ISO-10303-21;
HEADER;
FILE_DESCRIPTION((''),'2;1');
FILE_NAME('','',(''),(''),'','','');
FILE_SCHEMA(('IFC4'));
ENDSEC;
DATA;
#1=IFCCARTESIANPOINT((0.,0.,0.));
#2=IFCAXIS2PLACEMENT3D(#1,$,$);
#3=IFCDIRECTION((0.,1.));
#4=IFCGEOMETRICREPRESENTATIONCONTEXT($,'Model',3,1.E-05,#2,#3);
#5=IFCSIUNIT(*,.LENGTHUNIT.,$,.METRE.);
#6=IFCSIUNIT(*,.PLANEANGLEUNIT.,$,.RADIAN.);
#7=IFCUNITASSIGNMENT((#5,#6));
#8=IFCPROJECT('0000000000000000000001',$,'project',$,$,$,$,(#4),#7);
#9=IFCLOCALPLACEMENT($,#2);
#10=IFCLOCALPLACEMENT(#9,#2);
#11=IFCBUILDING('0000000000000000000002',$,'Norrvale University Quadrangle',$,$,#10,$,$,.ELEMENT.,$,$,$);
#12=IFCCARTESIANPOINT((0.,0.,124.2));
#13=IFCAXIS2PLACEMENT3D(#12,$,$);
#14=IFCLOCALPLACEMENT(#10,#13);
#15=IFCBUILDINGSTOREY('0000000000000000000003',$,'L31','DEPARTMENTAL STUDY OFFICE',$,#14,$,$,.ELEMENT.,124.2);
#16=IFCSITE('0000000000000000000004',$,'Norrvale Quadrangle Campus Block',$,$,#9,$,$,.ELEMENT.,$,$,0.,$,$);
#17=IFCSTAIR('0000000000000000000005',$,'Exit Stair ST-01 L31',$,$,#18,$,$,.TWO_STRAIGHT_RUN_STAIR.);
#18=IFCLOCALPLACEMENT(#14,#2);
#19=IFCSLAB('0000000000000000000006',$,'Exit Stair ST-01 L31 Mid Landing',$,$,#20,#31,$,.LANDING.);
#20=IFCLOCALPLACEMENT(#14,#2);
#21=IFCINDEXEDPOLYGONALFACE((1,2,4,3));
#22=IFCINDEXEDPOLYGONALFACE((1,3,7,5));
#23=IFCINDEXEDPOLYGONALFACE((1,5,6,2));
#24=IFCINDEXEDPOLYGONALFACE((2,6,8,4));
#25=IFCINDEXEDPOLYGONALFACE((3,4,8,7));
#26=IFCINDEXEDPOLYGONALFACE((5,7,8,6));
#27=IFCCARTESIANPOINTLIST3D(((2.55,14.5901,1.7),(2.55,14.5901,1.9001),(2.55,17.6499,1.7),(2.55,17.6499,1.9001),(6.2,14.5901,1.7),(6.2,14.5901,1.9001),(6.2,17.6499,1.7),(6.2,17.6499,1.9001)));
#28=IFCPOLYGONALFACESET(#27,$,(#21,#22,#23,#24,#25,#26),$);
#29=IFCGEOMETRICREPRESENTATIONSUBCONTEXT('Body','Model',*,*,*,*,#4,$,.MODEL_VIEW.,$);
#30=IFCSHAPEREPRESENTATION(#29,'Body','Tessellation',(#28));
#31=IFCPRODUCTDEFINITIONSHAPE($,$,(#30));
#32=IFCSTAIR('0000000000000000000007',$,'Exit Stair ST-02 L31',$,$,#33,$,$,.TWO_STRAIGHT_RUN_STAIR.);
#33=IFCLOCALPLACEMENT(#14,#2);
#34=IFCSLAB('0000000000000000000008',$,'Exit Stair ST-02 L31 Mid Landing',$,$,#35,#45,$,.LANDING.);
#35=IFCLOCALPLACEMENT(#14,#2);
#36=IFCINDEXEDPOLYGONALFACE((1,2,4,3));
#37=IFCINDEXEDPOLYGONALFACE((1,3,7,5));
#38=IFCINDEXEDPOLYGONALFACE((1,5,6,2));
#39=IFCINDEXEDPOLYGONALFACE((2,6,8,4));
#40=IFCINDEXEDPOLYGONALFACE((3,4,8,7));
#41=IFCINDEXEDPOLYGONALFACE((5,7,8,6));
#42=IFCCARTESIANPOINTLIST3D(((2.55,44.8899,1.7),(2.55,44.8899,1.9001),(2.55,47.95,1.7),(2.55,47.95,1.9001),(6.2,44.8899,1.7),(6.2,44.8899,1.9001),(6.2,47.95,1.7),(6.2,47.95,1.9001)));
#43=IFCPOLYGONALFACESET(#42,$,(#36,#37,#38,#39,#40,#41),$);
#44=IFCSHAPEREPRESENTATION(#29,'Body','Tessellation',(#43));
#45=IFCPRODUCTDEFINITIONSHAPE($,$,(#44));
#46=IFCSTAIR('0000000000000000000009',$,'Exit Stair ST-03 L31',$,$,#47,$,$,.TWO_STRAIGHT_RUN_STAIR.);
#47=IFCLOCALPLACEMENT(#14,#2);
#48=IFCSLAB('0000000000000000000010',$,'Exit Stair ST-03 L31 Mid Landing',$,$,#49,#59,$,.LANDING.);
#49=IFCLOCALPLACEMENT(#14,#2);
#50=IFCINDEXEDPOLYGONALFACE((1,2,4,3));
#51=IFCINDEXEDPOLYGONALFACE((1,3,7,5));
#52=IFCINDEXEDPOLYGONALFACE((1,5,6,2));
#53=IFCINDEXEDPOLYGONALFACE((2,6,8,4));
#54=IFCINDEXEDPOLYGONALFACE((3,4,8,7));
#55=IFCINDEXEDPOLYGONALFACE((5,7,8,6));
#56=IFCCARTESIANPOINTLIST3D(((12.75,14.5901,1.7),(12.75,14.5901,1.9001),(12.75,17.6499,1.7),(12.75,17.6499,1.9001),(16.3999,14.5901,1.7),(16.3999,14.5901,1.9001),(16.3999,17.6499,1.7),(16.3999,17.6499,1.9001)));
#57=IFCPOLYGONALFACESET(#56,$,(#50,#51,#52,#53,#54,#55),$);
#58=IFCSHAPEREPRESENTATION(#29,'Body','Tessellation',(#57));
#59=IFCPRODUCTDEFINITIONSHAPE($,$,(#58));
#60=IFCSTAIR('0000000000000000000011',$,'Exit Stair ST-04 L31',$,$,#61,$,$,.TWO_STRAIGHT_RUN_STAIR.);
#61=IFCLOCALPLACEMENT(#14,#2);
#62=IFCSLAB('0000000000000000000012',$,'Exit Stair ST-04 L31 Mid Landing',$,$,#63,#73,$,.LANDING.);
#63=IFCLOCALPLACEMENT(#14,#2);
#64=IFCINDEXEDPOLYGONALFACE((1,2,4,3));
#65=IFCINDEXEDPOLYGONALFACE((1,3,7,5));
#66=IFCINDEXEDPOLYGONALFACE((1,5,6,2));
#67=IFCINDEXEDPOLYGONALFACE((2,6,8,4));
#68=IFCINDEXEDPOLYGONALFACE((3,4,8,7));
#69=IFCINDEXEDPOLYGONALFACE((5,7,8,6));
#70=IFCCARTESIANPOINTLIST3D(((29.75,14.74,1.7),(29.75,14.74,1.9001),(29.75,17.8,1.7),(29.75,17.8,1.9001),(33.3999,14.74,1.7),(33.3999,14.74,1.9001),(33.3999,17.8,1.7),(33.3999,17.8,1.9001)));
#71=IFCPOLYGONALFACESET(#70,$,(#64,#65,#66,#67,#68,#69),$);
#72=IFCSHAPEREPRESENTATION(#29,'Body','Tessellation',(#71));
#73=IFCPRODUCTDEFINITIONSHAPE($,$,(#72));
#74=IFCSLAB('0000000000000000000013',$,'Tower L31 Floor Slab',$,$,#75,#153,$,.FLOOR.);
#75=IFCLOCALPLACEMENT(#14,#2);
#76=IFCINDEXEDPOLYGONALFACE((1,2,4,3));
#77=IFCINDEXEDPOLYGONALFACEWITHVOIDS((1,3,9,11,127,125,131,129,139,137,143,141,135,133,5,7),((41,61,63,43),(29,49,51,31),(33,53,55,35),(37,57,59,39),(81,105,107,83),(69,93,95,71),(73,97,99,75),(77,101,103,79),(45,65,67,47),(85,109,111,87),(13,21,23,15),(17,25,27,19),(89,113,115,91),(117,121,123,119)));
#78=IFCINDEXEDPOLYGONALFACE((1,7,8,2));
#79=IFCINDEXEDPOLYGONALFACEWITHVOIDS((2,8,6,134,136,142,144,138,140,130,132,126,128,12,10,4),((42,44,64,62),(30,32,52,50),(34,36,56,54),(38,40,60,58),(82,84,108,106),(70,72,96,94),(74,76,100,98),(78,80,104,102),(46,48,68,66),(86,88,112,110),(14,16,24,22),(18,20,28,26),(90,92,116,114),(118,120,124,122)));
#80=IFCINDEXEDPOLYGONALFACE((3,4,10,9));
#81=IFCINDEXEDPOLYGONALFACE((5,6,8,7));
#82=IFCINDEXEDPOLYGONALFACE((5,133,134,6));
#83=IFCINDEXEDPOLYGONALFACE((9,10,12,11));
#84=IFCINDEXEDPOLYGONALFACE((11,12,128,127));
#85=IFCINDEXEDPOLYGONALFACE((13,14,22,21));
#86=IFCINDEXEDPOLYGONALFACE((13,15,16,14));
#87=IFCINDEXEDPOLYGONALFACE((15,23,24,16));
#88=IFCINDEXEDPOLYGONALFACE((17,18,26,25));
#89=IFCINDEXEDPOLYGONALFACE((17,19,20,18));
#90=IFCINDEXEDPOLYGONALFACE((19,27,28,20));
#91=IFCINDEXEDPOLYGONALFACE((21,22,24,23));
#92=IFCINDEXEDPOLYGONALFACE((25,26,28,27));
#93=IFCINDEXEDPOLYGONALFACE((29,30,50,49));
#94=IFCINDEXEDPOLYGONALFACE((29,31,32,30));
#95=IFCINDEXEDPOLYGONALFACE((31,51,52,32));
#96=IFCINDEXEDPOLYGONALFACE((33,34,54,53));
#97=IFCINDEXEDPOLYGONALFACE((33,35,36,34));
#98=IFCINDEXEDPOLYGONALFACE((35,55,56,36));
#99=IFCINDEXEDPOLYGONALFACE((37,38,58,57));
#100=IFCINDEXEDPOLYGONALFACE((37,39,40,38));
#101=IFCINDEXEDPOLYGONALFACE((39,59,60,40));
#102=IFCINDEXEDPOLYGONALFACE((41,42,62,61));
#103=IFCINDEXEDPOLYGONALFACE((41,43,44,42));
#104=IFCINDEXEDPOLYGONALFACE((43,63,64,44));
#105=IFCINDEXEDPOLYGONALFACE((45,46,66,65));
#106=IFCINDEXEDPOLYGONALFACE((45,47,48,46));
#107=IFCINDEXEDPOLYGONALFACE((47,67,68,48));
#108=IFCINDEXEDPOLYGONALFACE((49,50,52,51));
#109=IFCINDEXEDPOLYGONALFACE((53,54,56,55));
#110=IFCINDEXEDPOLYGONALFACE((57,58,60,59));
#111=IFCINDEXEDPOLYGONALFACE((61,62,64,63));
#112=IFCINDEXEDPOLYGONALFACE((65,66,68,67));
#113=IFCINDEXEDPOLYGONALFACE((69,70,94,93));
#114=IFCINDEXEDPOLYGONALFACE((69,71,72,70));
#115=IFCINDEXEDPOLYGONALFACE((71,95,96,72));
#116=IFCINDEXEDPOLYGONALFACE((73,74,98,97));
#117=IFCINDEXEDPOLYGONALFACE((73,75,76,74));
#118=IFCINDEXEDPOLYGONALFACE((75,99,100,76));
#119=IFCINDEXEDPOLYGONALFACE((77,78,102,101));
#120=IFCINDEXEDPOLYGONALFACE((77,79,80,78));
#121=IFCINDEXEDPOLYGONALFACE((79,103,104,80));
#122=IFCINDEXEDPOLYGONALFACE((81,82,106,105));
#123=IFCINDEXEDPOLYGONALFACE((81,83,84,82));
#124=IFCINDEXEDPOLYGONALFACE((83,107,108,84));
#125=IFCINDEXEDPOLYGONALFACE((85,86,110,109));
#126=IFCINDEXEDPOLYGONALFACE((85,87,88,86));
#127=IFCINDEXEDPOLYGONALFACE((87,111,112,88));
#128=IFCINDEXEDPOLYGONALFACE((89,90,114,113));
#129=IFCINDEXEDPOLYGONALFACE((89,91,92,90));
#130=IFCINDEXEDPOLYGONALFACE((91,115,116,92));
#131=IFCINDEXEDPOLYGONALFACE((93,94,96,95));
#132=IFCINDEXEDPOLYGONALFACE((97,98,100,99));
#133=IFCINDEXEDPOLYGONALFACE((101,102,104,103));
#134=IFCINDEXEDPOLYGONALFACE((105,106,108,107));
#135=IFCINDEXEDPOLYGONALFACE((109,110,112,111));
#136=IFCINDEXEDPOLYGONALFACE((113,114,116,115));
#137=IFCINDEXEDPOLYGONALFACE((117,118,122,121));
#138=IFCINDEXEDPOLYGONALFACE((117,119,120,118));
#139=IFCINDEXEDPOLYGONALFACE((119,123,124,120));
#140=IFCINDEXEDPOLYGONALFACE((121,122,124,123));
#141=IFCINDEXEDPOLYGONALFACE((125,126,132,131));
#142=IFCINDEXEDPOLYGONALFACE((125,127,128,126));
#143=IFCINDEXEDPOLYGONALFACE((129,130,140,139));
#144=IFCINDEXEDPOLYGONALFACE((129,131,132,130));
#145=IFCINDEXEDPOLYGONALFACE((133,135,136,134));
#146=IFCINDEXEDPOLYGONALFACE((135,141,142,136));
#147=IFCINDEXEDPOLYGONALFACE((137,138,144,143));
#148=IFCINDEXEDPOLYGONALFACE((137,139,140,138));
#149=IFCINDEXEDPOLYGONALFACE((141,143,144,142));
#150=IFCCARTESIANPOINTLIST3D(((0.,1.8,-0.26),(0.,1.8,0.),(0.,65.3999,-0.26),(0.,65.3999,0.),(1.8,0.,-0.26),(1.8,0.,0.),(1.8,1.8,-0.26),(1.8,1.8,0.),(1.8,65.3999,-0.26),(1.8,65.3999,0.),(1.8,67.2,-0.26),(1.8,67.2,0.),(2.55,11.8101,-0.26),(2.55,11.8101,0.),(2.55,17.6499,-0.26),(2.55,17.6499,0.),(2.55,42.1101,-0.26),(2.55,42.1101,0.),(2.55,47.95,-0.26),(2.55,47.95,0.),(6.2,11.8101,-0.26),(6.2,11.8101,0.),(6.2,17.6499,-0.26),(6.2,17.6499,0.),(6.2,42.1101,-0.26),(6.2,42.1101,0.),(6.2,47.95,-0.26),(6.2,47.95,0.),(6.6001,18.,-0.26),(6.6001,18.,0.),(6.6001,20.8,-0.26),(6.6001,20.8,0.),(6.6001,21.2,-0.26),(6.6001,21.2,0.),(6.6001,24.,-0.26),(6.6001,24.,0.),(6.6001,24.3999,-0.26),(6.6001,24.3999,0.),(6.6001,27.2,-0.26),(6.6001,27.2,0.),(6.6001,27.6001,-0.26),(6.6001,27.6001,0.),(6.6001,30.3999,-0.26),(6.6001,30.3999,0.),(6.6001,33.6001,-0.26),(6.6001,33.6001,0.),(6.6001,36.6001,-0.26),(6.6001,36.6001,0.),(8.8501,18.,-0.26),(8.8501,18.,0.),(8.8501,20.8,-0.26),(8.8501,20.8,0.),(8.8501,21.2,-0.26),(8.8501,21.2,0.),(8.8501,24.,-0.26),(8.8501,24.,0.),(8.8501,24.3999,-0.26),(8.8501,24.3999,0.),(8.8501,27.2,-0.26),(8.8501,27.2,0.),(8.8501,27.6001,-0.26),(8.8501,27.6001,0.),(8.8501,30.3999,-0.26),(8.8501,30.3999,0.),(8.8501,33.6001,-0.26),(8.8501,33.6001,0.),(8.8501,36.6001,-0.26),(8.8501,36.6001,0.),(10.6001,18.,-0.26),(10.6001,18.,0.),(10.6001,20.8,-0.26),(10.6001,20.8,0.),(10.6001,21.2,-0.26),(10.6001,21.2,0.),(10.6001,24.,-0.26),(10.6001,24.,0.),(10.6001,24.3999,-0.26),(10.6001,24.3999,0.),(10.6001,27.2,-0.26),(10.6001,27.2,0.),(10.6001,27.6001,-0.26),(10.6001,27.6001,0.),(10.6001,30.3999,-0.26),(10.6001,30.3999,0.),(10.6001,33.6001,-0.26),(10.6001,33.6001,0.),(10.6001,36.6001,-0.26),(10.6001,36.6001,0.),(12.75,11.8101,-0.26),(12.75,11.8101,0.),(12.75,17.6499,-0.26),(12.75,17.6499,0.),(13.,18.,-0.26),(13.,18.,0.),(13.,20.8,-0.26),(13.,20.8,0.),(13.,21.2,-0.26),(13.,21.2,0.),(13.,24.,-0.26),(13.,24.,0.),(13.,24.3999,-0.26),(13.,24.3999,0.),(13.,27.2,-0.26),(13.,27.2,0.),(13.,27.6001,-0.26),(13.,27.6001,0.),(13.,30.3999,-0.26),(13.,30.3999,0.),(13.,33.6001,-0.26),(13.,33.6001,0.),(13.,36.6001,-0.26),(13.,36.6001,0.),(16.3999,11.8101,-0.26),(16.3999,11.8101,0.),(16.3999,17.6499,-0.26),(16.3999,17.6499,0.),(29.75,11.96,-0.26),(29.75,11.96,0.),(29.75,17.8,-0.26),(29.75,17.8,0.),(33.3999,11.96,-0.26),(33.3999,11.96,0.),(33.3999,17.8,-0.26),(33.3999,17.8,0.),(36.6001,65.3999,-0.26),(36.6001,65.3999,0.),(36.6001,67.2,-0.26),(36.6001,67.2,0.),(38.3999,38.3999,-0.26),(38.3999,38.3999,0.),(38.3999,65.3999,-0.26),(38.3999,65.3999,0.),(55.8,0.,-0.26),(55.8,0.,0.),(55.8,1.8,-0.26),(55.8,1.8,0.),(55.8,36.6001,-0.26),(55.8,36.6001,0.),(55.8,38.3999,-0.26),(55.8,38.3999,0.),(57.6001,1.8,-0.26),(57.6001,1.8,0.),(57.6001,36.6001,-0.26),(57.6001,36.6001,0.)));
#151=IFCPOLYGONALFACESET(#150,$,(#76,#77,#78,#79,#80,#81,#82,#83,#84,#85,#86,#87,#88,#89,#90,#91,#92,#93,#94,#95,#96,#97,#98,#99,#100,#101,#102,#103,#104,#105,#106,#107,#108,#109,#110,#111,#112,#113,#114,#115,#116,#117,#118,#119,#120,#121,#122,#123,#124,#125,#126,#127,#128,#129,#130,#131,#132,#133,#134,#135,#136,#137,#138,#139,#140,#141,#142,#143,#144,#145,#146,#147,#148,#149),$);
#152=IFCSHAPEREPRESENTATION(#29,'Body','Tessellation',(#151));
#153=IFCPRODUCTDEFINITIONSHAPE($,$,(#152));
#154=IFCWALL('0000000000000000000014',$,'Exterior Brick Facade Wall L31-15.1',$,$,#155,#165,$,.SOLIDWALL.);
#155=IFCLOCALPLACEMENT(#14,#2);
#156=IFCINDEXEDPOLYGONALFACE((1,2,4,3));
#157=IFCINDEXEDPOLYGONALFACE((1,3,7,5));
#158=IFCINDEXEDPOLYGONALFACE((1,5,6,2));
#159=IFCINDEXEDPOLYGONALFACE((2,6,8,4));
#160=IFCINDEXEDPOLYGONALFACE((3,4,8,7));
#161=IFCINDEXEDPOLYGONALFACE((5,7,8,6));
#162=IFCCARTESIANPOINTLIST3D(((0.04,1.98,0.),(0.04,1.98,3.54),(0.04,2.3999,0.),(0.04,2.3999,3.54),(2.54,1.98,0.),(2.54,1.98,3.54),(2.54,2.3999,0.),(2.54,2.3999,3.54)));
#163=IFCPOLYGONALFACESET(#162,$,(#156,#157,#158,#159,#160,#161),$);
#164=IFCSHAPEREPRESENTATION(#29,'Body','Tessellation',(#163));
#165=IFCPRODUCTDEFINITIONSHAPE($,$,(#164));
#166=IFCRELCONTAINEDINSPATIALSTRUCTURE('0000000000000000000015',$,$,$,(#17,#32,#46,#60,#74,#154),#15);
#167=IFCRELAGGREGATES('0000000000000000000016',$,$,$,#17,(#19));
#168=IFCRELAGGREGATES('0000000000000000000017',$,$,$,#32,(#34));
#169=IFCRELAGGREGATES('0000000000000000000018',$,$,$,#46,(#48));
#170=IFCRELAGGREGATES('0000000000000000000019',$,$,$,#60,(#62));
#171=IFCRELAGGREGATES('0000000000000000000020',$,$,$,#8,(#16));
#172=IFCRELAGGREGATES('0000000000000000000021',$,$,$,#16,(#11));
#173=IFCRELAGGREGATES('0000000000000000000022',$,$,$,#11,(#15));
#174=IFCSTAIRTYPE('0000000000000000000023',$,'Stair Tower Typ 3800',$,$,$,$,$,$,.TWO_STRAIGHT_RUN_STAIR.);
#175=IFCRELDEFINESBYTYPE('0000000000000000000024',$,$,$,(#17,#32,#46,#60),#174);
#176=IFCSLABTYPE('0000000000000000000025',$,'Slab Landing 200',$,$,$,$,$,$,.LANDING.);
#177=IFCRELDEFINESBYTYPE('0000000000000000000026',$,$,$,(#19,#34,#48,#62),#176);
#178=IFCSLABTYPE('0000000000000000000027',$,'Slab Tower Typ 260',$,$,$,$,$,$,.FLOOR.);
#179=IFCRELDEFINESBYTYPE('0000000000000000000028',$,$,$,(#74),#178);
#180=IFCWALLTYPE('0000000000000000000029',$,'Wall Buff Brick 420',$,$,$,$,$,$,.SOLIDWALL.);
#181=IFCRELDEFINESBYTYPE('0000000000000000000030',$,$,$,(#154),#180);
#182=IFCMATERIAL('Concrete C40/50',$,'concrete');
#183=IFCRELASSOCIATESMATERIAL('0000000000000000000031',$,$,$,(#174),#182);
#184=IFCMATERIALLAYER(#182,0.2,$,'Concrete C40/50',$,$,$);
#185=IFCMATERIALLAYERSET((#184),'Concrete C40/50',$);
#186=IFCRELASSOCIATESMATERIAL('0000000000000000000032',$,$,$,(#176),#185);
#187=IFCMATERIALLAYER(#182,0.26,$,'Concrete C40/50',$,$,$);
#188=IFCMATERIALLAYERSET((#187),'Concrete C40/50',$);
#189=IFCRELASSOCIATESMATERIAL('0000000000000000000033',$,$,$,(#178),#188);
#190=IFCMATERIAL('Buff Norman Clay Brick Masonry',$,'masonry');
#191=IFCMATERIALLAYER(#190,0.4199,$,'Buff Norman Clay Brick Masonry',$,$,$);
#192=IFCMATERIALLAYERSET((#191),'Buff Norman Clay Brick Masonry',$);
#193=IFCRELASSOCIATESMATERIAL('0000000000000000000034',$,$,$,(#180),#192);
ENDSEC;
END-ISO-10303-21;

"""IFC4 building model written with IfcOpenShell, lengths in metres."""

from ifc_helpers import new_model, si_unit, direction, frame, frame_2d, origin, place, context, subcontext, project, spatial, polyline, rectangle, outline, extrude, material, layer, layer_set, type_object, element, aggregate, save


model = new_model("IFC4")

# Units and contexts
model_context = context("Model", 3, precision=1e-05, world=origin(), true_north=direction((0.0, 1.0)))
body_context = subcontext(model_context, "Body", "Model", "MODEL_VIEW")
ifc_project = project(units=[si_unit("LENGTHUNIT", "METRE"), si_unit("PLANEANGLEUNIT", "RADIAN")], contexts=[model_context])

# Site, building, storey
site_placement = place(None, origin())
site = spatial("IfcSite", under=ifc_project, at=site_placement, Name="Norrvale Quadrangle Campus Block", CompositionType="ELEMENT", RefElevation=0.0)
building_placement = place(site_placement, origin())
building = spatial("IfcBuilding", under=site, at=building_placement, Name="Norrvale University Quadrangle", CompositionType="ELEMENT")
storey_placement = place(building_placement, frame((0.0, 0.0, 124.2)))
storey = spatial("IfcBuildingStorey", under=building, at=storey_placement, Name="L31", Description="DEPARTMENTAL STUDY OFFICE", CompositionType="ELEMENT", Elevation=124.2)

# Stairs, slabs
ifc_material_1 = material(Name="Concrete C40/50", Category="concrete")
stair_type = type_object("IfcStairType", Name="Stair Tower Typ 3800", PredefinedType="TWO_STRAIGHT_RUN_STAIR", material=ifc_material_1)
stair_1_placement = place(storey_placement, origin())
stair_1 = element("IfcStair", 1, at=stair_1_placement, inside=storey, type_object=stair_type, Name="Exit Stair ST-01 L31", PredefinedType="TWO_STRAIGHT_RUN_STAIR")
ifc_layer_1 = layer(ifc_material_1, 0.2, Name="Concrete C40/50")
ifc_layer_set_1 = layer_set([ifc_layer_1], Name="Concrete C40/50")
slab_type_1 = type_object("IfcSlabType", Name="Slab Landing 200", PredefinedType="LANDING", material=ifc_layer_set_1)
slab_1_placement = place(storey_placement, frame((0.0, 0.0, 1.7)))
slab_1 = element("IfcSlab", 2, at=slab_1_placement, type_object=slab_type_1, Name="Exit Stair ST-01 L31 Mid Landing", PredefinedType="LANDING", context=body_context, shape_type="SweptSolid", body=[
    extrude(outline(polyline([(2.55, 14.5901), (6.2, 14.5901), (6.2, 17.6499), (2.55, 17.6499), (2.55, 14.5901)])), origin(), (0.0, 0.0, 1.0), 0.2002),
])
aggregate(stair_1, [slab_1])
stair_2_placement = place(storey_placement, origin())
stair_2 = element("IfcStair", 3, at=stair_2_placement, inside=storey, type_object=stair_type, Name="Exit Stair ST-02 L31", PredefinedType="TWO_STRAIGHT_RUN_STAIR")
slab_2_placement = place(storey_placement, frame((0.0, 0.0, 1.7)))
slab_2 = element("IfcSlab", 4, at=slab_2_placement, type_object=slab_type_1, Name="Exit Stair ST-02 L31 Mid Landing", PredefinedType="LANDING", context=body_context, shape_type="SweptSolid", body=[
    extrude(outline(polyline([(2.55, 44.8899), (6.2, 44.8899), (6.2, 47.95), (2.55, 47.95), (2.55, 44.8899)])), origin(), (0.0, 0.0, 1.0), 0.2002),
])
aggregate(stair_2, [slab_2])
stair_3_placement = place(storey_placement, origin())
stair_3 = element("IfcStair", 5, at=stair_3_placement, inside=storey, type_object=stair_type, Name="Exit Stair ST-03 L31", PredefinedType="TWO_STRAIGHT_RUN_STAIR")
slab_3_placement = place(storey_placement, frame((0.0, 0.0, 1.7)))
slab_3 = element("IfcSlab", 6, at=slab_3_placement, type_object=slab_type_1, Name="Exit Stair ST-03 L31 Mid Landing", PredefinedType="LANDING", context=body_context, shape_type="SweptSolid", body=[
    extrude(outline(polyline([(12.75, 14.5901), (16.3999, 14.5901), (16.3999, 17.6499), (12.75, 17.6499), (12.75, 14.5901)])), origin(), (0.0, 0.0, 1.0), 0.2002),
])
aggregate(stair_3, [slab_3])
stair_4_placement = place(storey_placement, origin())
stair_4 = element("IfcStair", 7, at=stair_4_placement, inside=storey, type_object=stair_type, Name="Exit Stair ST-04 L31", PredefinedType="TWO_STRAIGHT_RUN_STAIR")
slab_4_placement = place(storey_placement, frame((0.0, 0.0, 1.7)))
slab_4 = element("IfcSlab", 8, at=slab_4_placement, type_object=slab_type_1, Name="Exit Stair ST-04 L31 Mid Landing", PredefinedType="LANDING", context=body_context, shape_type="SweptSolid", body=[
    extrude(outline(polyline([(29.75, 14.74), (33.3999, 14.74), (33.3999, 17.8), (29.75, 17.8), (29.75, 14.74)])), origin(), (0.0, 0.0, 1.0), 0.2002),
])
aggregate(stair_4, [slab_4])

# Slab
ifc_layer_2 = layer(ifc_material_1, 0.26, Name="Concrete C40/50")
ifc_layer_set_2 = layer_set([ifc_layer_2], Name="Concrete C40/50")
slab_type_2 = type_object("IfcSlabType", Name="Slab Tower Typ 260", PredefinedType="FLOOR", material=ifc_layer_set_2)
slab_5_placement = place(storey_placement, frame((0.0, 0.0, -0.26)))
element("IfcSlab", 9, at=slab_5_placement, inside=storey, type_object=slab_type_2, Name="Tower L31 Floor Slab", PredefinedType="FLOOR", context=body_context, shape_type="SweptSolid", body=[
    extrude(outline(polyline([(1.8, 0.0), (55.8, 0.0), (55.8, 1.8), (57.6001, 1.8), (57.6001, 36.6001), (55.8, 36.6001), (55.8, 38.3999), (38.3999, 38.3999), (38.3999, 65.3999), (36.6001, 65.3999), (36.6001, 67.2), (1.8, 67.2), (1.8, 65.3999), (0.0, 65.3999), (0.0, 1.8), (1.8, 1.8), (1.8, 0.0)]), holes=[polyline([(2.55, 11.8101), (6.2, 11.8101), (6.2, 17.6499), (2.55, 17.6499), (2.55, 11.8101)]), polyline([(2.55, 42.1101), (6.2, 42.1101), (6.2, 47.95), (2.55, 47.95), (2.55, 42.1101)]), polyline([(12.75, 11.8101), (16.3999, 11.8101), (16.3999, 17.6499), (12.75, 17.6499), (12.75, 11.8101)]), polyline([(29.75, 11.96), (33.3999, 11.96), (33.3999, 17.8), (29.75, 17.8), (29.75, 11.96)]), polyline([(6.6001, 18.0), (8.8501, 18.0), (8.8501, 20.8), (6.6001, 20.8), (6.6001, 18.0)]), polyline([(6.6001, 21.2), (8.8501, 21.2), (8.8501, 24.0), (6.6001, 24.0), (6.6001, 21.2)]), polyline([(6.6001, 24.3999), (8.8501, 24.3999), (8.8501, 27.2), (6.6001, 27.2), (6.6001, 24.3999)]), polyline([(6.6001, 27.6001), (8.8501, 27.6001), (8.8501, 30.3999), (6.6001, 30.3999), (6.6001, 27.6001)]), polyline([(10.6001, 18.0), (13.0, 18.0), (13.0, 20.8), (10.6001, 20.8), (10.6001, 18.0)]), polyline([(10.6001, 21.2), (13.0, 21.2), (13.0, 24.0), (10.6001, 24.0), (10.6001, 21.2)]), polyline([(10.6001, 24.3999), (13.0, 24.3999), (13.0, 27.2), (10.6001, 27.2), (10.6001, 24.3999)]), polyline([(10.6001, 27.6001), (13.0, 27.6001), (13.0, 30.3999), (10.6001, 30.3999), (10.6001, 27.6001)]), polyline([(6.6001, 33.6001), (8.8501, 33.6001), (8.8501, 36.6001), (6.6001, 36.6001), (6.6001, 33.6001)]), polyline([(10.6001, 33.6001), (13.0, 33.6001), (13.0, 36.6001), (10.6001, 36.6001), (10.6001, 33.6001)])]), origin(), (0.0, 0.0, 1.0), 0.26),
])

# Wall
ifc_material_2 = material(Name="Buff Norman Clay Brick Masonry", Category="masonry")
ifc_layer_3 = layer(ifc_material_2, 0.4199, Name="Buff Norman Clay Brick Masonry")
ifc_layer_set_3 = layer_set([ifc_layer_3], Name="Buff Norman Clay Brick Masonry")
wall_type_1 = type_object("IfcWallType", Name="Wall Buff Brick 420", PredefinedType="SOLIDWALL", material=ifc_layer_set_3)
wall_1_placement = place(storey_placement, frame((0.04, 2.1899, 0.0), z_axis=(0.0, 0.0, 1.0), x_axis=(1.0, 0.0, 0.0)))
element("IfcWall", 10, at=wall_1_placement, inside=storey, type_object=wall_type_1, Name="Exterior Brick Facade Wall L31-15.1", PredefinedType="SOLIDWALL", context=body_context, shape_type="SweptSolid", body=[
    extrude(rectangle(XDim=2.5, YDim=0.4199, at=frame_2d((1.25, 0.0))), origin(), (0.0, 0.0, 1.0), 3.54),
])

save(model, "model.ifc")
